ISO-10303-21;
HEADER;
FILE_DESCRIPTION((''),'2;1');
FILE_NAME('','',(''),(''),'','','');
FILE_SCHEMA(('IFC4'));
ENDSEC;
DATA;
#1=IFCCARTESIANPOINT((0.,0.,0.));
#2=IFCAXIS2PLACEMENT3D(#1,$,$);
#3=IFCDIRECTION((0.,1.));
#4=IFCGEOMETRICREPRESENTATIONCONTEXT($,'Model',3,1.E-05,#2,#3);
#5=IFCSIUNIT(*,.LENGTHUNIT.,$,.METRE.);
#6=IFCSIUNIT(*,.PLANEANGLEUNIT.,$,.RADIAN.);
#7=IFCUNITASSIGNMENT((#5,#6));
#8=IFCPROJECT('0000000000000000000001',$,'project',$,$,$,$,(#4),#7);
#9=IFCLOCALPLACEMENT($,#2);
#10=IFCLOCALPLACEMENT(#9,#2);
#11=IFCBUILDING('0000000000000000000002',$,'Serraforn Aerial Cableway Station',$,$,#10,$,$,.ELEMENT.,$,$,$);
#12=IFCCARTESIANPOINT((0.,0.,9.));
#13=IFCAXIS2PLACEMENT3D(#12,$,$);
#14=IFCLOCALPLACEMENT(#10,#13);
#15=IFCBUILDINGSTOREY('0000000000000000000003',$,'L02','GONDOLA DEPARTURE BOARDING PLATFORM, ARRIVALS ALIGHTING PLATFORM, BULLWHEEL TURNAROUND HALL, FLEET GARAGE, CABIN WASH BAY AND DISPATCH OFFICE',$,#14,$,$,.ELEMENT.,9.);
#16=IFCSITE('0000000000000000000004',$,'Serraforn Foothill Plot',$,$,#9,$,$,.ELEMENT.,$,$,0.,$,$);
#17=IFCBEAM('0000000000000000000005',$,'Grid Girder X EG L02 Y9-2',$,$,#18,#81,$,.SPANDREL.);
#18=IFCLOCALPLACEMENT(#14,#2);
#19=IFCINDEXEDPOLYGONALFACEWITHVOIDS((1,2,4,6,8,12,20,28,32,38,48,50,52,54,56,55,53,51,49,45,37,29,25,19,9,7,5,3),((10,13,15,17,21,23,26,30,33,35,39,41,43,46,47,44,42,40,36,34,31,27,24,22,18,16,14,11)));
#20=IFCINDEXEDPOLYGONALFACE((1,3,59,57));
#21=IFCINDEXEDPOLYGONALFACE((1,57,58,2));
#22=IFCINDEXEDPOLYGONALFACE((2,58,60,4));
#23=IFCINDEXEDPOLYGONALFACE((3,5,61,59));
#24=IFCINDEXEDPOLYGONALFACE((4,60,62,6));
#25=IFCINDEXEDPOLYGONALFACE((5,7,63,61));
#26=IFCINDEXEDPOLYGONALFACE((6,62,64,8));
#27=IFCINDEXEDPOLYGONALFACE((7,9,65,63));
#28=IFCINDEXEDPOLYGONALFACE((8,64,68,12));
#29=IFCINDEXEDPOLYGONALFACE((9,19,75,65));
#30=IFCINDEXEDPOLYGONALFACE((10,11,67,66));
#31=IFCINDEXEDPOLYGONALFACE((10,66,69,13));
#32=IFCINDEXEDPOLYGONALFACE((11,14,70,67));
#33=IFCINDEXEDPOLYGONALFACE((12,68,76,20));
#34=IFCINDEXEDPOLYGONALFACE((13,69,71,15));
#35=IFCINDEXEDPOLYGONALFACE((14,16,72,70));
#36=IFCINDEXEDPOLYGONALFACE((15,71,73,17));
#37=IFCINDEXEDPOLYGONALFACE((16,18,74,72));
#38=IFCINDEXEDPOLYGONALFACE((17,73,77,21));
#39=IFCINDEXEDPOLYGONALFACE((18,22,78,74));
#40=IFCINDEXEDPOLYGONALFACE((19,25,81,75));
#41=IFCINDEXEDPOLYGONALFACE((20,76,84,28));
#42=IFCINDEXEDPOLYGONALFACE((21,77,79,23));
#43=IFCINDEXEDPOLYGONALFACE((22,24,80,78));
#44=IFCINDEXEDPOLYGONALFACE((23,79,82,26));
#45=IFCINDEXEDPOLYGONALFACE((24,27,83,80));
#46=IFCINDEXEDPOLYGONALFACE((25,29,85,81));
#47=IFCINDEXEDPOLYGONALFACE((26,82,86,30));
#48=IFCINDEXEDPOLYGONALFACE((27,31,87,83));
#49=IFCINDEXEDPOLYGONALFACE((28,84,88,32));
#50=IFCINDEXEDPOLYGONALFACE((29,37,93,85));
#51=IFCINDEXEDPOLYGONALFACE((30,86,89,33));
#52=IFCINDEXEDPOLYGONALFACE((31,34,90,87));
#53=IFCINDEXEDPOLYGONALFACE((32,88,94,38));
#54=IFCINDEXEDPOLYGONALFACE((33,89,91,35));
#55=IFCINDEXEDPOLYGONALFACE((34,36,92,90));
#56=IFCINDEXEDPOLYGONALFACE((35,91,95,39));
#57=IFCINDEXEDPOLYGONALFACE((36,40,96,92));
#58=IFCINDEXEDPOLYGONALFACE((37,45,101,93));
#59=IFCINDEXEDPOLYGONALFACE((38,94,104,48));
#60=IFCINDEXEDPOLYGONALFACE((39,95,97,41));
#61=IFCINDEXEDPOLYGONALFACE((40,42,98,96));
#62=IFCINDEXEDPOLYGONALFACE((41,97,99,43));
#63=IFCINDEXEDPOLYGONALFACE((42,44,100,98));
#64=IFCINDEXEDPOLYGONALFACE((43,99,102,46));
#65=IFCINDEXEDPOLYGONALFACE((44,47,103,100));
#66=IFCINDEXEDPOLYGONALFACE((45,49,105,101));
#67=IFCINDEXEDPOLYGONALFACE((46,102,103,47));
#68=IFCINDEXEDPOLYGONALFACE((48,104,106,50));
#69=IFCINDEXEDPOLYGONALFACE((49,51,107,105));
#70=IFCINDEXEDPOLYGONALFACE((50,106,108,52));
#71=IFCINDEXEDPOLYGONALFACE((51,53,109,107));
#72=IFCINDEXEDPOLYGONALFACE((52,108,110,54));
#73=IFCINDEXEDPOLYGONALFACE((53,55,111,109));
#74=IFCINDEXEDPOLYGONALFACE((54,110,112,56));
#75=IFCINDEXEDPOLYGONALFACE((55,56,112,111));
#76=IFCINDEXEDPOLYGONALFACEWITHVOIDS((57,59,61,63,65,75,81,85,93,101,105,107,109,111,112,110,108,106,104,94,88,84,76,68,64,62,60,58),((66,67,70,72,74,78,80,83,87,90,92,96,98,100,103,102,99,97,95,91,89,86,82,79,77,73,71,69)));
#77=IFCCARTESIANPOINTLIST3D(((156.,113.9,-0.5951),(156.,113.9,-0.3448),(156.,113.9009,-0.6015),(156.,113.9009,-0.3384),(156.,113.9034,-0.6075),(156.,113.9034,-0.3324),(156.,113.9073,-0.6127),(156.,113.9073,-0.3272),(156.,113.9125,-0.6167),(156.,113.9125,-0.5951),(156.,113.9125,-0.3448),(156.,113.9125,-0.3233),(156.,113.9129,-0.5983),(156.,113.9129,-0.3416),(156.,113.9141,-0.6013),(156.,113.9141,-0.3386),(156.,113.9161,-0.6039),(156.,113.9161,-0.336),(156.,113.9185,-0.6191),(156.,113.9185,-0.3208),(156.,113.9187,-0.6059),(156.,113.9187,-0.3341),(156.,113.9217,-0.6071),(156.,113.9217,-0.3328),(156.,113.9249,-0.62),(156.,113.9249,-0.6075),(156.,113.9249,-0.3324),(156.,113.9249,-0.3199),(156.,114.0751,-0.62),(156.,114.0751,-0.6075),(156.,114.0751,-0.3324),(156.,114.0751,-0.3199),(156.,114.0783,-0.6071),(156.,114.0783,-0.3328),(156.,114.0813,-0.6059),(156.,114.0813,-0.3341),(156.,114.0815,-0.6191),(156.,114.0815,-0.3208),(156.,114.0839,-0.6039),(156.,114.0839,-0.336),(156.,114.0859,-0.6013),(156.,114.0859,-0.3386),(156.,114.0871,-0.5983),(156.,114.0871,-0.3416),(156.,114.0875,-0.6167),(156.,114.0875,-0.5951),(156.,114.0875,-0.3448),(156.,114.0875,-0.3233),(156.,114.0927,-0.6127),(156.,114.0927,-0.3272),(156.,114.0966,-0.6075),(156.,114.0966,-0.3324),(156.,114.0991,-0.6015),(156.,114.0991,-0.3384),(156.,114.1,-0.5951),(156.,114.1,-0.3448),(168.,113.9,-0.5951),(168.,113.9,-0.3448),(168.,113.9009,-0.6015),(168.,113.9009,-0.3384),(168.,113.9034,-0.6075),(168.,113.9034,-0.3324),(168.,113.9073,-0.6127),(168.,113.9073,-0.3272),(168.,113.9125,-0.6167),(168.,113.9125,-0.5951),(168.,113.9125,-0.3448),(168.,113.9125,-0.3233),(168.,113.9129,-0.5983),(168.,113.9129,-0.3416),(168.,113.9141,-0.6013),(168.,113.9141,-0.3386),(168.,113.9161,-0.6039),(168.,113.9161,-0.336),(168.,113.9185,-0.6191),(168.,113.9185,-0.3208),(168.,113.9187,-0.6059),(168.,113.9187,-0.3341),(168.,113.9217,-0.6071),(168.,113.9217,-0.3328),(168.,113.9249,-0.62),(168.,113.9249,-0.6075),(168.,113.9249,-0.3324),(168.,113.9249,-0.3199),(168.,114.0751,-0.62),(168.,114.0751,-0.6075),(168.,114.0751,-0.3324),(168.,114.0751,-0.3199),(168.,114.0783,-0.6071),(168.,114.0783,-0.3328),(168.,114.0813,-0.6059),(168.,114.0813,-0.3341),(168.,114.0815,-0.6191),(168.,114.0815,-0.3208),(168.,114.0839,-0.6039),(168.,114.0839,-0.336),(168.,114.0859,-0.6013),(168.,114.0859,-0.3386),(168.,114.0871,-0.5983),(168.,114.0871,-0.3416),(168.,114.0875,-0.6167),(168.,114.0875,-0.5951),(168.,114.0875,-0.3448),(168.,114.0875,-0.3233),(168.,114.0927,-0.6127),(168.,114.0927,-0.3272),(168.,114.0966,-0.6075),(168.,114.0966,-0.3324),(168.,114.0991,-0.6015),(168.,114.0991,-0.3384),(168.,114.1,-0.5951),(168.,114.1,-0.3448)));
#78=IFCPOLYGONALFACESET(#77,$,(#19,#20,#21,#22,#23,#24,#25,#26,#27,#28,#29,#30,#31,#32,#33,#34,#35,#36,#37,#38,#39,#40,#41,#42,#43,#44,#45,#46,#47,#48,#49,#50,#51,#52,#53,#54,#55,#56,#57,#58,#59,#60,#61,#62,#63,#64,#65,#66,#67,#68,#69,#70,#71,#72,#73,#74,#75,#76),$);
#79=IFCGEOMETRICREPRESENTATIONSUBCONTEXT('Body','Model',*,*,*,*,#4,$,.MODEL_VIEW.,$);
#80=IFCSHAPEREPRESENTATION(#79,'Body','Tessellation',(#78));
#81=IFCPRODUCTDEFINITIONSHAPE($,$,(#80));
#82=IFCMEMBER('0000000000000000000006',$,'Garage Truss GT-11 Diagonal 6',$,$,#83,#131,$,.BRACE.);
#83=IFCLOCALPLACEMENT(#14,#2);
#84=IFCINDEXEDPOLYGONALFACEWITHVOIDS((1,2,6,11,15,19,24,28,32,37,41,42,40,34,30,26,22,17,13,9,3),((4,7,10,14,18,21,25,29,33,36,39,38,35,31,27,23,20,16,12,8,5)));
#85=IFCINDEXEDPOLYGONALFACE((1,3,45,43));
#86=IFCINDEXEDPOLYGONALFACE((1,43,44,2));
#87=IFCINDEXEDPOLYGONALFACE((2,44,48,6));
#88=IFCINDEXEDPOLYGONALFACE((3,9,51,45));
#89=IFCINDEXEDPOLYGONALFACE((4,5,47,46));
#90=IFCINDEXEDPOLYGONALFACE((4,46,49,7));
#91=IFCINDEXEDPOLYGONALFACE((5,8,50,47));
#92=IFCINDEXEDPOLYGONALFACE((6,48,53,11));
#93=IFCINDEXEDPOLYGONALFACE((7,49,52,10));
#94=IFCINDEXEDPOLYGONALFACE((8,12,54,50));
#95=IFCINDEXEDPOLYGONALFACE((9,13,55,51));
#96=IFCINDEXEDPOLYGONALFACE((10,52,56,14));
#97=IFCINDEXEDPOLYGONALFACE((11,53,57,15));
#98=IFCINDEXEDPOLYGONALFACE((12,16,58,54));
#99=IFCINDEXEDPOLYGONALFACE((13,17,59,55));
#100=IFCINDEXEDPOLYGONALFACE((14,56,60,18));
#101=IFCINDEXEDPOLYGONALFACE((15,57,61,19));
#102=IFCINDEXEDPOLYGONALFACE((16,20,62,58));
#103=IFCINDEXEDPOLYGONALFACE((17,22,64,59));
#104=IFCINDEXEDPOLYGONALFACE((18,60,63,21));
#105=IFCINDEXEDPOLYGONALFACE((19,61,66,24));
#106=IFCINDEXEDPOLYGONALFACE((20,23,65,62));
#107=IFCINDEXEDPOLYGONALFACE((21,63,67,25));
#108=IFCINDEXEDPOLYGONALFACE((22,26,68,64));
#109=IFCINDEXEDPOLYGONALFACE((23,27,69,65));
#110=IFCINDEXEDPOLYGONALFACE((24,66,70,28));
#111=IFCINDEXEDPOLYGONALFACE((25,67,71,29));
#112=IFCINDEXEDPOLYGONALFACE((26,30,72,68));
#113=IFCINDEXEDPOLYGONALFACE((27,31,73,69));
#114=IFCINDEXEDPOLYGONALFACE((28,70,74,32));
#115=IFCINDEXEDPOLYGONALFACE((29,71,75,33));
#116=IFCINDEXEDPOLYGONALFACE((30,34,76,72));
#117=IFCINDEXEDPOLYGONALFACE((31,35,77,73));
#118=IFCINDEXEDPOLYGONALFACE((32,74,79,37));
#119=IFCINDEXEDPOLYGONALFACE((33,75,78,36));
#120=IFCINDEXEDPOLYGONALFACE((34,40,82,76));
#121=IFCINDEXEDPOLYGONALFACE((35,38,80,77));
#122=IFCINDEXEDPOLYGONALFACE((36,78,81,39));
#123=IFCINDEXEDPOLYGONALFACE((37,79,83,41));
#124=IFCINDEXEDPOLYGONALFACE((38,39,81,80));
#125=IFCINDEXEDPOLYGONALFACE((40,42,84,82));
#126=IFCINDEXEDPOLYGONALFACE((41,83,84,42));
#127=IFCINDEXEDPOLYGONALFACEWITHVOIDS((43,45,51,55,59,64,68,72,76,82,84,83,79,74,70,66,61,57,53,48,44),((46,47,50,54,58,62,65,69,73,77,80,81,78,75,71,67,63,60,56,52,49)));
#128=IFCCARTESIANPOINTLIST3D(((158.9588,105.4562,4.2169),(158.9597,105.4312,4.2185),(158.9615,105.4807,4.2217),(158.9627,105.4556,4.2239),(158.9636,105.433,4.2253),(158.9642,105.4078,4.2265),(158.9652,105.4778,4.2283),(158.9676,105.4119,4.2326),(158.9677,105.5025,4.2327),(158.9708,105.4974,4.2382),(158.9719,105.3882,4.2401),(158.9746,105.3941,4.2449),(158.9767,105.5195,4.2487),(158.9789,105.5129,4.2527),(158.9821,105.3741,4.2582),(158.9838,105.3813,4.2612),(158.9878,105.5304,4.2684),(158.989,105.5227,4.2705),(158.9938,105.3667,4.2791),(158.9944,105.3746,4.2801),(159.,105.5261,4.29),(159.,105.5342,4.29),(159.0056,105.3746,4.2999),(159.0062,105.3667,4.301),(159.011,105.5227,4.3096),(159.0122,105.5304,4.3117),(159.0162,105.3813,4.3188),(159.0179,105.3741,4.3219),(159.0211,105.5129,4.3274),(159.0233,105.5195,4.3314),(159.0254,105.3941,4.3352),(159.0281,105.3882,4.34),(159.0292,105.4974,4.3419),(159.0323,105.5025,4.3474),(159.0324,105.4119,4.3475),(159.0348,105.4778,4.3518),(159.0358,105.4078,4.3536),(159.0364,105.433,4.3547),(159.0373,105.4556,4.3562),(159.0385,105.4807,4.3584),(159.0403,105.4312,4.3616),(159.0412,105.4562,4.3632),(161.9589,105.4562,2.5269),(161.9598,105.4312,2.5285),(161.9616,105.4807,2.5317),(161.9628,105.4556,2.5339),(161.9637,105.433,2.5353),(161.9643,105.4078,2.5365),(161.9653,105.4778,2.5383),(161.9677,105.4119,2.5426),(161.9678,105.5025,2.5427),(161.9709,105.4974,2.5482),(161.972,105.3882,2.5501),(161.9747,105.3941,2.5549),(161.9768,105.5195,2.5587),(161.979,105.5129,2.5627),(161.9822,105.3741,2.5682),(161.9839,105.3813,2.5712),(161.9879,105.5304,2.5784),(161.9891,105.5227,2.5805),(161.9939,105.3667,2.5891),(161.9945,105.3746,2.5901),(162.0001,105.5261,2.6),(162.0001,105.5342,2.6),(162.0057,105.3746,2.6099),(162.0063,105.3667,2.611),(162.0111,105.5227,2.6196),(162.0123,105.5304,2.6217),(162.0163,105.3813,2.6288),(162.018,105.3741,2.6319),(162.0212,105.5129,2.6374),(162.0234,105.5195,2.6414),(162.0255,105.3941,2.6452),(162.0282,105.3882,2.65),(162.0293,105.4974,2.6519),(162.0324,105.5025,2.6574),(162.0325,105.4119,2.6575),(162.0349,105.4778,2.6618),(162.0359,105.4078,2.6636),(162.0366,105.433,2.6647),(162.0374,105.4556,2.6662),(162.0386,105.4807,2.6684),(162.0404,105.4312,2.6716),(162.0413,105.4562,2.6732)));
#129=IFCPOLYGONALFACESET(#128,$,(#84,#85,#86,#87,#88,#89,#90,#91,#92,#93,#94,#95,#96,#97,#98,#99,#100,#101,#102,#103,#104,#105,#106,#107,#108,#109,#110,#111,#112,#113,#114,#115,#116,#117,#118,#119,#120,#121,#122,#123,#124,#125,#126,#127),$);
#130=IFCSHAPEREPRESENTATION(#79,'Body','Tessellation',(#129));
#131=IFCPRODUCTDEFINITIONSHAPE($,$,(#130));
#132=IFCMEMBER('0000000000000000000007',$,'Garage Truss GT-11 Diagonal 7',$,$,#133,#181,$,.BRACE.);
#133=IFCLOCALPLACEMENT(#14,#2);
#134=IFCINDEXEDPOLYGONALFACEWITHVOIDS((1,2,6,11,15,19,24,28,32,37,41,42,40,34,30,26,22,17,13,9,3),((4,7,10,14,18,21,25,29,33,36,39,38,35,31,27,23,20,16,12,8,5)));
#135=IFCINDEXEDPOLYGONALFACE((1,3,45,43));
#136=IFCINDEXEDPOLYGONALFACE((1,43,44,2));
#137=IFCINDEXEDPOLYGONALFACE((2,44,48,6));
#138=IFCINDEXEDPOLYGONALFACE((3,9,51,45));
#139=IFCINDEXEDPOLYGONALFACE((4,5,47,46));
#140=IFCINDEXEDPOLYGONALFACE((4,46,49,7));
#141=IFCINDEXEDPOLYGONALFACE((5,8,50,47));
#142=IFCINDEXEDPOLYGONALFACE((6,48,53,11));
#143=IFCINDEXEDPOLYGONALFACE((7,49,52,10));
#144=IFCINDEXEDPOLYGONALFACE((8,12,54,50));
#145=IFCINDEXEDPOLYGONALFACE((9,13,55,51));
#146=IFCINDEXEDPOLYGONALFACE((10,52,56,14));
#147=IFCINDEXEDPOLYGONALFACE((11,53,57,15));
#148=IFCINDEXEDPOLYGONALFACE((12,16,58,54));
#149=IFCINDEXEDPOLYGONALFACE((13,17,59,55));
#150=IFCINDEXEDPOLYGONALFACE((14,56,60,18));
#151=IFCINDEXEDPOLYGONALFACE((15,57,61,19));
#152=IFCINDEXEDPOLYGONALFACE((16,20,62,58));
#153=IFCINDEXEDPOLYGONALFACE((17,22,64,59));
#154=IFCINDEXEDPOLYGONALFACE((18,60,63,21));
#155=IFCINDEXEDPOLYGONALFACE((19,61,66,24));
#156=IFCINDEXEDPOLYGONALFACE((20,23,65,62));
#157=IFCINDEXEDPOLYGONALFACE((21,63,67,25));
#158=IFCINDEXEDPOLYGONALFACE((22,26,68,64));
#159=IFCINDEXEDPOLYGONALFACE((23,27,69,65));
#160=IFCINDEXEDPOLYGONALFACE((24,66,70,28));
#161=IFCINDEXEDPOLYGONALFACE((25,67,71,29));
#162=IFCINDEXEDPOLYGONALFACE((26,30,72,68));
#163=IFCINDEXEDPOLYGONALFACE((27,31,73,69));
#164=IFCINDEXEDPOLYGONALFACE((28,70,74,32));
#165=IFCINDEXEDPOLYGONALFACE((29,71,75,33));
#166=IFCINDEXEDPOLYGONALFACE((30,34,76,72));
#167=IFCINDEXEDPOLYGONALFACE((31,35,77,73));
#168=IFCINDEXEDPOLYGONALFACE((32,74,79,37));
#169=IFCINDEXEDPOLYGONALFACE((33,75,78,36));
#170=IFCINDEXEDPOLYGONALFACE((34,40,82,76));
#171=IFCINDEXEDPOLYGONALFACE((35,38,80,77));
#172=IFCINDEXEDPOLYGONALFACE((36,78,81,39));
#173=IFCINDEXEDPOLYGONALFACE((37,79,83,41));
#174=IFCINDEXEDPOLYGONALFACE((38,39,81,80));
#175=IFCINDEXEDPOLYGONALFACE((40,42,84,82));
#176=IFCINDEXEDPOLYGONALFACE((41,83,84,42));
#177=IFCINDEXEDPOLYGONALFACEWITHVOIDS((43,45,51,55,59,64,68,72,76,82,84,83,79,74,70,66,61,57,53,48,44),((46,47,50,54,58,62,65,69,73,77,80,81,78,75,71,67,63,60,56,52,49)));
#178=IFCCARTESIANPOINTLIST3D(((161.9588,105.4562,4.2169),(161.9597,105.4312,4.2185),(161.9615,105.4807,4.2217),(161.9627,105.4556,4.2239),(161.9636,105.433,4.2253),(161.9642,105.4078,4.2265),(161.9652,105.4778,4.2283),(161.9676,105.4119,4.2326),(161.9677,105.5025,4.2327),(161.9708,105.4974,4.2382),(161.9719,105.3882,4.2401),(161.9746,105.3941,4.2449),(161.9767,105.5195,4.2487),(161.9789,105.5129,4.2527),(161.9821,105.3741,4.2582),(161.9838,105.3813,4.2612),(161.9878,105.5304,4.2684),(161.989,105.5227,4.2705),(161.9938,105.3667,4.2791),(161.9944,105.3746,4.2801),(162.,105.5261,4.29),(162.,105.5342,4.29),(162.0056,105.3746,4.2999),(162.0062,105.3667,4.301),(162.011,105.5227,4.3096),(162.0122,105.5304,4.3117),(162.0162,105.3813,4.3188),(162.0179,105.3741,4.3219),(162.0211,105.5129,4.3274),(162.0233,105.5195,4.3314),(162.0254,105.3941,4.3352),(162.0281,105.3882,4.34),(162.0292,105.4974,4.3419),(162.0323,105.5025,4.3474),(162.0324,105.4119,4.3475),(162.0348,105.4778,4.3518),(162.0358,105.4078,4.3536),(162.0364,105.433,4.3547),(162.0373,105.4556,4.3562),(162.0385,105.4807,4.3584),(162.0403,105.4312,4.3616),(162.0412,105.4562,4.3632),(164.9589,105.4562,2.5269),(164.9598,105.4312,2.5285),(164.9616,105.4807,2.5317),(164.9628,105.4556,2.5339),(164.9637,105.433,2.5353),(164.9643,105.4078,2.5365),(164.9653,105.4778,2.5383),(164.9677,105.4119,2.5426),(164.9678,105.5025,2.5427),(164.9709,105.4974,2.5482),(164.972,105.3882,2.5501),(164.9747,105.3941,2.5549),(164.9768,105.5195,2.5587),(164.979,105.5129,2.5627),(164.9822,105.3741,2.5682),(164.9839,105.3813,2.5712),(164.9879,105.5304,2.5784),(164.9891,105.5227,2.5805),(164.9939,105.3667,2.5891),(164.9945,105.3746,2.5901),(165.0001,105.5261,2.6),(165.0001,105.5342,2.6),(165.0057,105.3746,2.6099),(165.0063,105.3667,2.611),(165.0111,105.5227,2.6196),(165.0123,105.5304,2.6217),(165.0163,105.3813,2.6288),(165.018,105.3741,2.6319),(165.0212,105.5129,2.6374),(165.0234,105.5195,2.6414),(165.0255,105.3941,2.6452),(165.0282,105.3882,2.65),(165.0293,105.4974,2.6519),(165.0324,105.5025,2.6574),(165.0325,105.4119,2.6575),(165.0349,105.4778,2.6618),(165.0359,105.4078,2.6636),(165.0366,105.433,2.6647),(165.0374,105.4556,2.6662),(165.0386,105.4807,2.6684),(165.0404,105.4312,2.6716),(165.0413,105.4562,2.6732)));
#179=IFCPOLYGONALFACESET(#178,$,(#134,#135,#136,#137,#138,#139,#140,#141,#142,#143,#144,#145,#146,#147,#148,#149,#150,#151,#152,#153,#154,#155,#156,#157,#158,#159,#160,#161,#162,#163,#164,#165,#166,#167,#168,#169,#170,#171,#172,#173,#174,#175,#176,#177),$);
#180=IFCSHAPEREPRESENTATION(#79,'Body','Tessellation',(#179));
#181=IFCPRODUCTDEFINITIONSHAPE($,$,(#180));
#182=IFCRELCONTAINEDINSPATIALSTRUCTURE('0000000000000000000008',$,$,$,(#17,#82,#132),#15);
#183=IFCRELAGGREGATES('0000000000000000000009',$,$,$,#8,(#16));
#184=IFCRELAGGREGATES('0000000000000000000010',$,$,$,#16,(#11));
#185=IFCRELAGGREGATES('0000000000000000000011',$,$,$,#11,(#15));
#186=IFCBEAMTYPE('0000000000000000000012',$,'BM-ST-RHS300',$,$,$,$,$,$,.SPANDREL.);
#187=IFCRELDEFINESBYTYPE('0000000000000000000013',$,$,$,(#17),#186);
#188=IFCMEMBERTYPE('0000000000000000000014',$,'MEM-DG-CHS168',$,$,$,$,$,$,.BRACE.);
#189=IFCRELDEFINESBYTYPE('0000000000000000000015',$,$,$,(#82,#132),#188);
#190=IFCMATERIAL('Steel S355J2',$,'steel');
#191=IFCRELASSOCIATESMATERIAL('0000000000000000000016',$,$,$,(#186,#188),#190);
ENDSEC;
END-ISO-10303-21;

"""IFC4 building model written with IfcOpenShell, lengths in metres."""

from ifc_helpers import new_model, si_unit, direction, frame, origin, origin_2d, place, context, subcontext, project, spatial, hollow_rectangle, hollow_circle, extrude, material, material_profile, profile_set, type_object, element, save


model = new_model("IFC4")

# Units and contexts
model_context = context("Model", 3, precision=1e-05, world=origin(), true_north=direction((0.0, 1.0)))
body_context = subcontext(model_context, "Body", "Model", "MODEL_VIEW")
ifc_project = project(units=[si_unit("LENGTHUNIT", "METRE"), si_unit("PLANEANGLEUNIT", "RADIAN")], contexts=[model_context])

# Site, building, storey
site_placement = place(None, origin())
site = spatial("IfcSite", under=ifc_project, at=site_placement, Name="Serraforn Foothill Plot", CompositionType="ELEMENT", RefElevation=0.0)
building_placement = place(site_placement, origin())
building = spatial("IfcBuilding", under=site, at=building_placement, Name="Serraforn Aerial Cableway Station", CompositionType="ELEMENT")
storey_placement = place(building_placement, frame((0.0, 0.0, 9.0)))
storey = spatial("IfcBuildingStorey", under=building, at=storey_placement, Name="L02", Description="GONDOLA DEPARTURE BOARDING PLATFORM, ARRIVALS ALIGHTING PLATFORM, BULLWHEEL TURNAROUND HALL, FLEET GARAGE, CABIN WASH BAY AND DISPATCH OFFICE", CompositionType="ELEMENT", Elevation=9.0)

# Beam
ifc_material_1 = material(Name="Steel S355J2", Category="steel")
ifc_material_profile_1 = material_profile(ifc_material_1, hollow_rectangle(XDim=0.2, YDim=0.3, WallThickness=0.0125, InnerFilletRadius=0.0125, OuterFilletRadius=0.0249, at=origin_2d()), Name="RHS 300x200x12.5")
ifc_profile_set_1 = profile_set([ifc_material_profile_1], Name="Steel S355J2")
beam_type = type_object("IfcBeamType", Name="BM-ST-RHS300", PredefinedType="SPANDREL", material=ifc_profile_set_1)
beam_placement = place(storey_placement, frame((156.0, 114.0, -0.47), z_axis=(1.0, 0.0, 0.0), x_axis=(0.0, 1.0, 0.0)))
element("IfcBeam", 1, at=beam_placement, inside=storey, type_object=beam_type, Name="Grid Girder X EG L02 Y9-2", PredefinedType="SPANDREL", context=body_context, shape_type="SweptSolid", body=[
    extrude(hollow_rectangle(XDim=0.2, YDim=0.3, WallThickness=0.0125, InnerFilletRadius=0.0125, OuterFilletRadius=0.0249, at=origin_2d()), origin(), (0.0, 0.0, 1.0), 12.0),
])

# Members
ifc_material_profile_2 = material_profile(ifc_material_1, hollow_circle(Radius=0.0842, WallThickness=0.0081, at=origin_2d()), Name="CHS 168.3x8.0")
ifc_profile_set_2 = profile_set([ifc_material_profile_2], Name="Steel S355J2")
member_type_1 = type_object("IfcMemberType", Name="MEM-DG-CHS168", PredefinedType="BRACE", material=ifc_profile_set_2)
for number, where, z_axis, x_axis, name in (
    (2, (159.0, 105.45, 4.29), (0.871272, 0.0, -0.4908), (0.0, 1.0, 0.0), "Garage Truss GT-11 Diagonal 6"),
    (3, (162.0, 105.45, 4.29), (0.871272, 0.0, -0.4908), (0.0, 1.0, 0.0), "Garage Truss GT-11 Diagonal 7"),
):
    element("IfcMember", number, at=place(storey_placement, frame(where, z_axis=z_axis, x_axis=x_axis)), inside=storey, type_object=member_type_1, Name=name, PredefinedType="BRACE", context=body_context, shape_type="SweptSolid", body=[
        extrude(hollow_circle(Radius=0.0842, WallThickness=0.0081, at=origin_2d()), origin(), (0.0, 0.0, 1.0), 3.4434),
    ])

save(model, "model.ifc")
